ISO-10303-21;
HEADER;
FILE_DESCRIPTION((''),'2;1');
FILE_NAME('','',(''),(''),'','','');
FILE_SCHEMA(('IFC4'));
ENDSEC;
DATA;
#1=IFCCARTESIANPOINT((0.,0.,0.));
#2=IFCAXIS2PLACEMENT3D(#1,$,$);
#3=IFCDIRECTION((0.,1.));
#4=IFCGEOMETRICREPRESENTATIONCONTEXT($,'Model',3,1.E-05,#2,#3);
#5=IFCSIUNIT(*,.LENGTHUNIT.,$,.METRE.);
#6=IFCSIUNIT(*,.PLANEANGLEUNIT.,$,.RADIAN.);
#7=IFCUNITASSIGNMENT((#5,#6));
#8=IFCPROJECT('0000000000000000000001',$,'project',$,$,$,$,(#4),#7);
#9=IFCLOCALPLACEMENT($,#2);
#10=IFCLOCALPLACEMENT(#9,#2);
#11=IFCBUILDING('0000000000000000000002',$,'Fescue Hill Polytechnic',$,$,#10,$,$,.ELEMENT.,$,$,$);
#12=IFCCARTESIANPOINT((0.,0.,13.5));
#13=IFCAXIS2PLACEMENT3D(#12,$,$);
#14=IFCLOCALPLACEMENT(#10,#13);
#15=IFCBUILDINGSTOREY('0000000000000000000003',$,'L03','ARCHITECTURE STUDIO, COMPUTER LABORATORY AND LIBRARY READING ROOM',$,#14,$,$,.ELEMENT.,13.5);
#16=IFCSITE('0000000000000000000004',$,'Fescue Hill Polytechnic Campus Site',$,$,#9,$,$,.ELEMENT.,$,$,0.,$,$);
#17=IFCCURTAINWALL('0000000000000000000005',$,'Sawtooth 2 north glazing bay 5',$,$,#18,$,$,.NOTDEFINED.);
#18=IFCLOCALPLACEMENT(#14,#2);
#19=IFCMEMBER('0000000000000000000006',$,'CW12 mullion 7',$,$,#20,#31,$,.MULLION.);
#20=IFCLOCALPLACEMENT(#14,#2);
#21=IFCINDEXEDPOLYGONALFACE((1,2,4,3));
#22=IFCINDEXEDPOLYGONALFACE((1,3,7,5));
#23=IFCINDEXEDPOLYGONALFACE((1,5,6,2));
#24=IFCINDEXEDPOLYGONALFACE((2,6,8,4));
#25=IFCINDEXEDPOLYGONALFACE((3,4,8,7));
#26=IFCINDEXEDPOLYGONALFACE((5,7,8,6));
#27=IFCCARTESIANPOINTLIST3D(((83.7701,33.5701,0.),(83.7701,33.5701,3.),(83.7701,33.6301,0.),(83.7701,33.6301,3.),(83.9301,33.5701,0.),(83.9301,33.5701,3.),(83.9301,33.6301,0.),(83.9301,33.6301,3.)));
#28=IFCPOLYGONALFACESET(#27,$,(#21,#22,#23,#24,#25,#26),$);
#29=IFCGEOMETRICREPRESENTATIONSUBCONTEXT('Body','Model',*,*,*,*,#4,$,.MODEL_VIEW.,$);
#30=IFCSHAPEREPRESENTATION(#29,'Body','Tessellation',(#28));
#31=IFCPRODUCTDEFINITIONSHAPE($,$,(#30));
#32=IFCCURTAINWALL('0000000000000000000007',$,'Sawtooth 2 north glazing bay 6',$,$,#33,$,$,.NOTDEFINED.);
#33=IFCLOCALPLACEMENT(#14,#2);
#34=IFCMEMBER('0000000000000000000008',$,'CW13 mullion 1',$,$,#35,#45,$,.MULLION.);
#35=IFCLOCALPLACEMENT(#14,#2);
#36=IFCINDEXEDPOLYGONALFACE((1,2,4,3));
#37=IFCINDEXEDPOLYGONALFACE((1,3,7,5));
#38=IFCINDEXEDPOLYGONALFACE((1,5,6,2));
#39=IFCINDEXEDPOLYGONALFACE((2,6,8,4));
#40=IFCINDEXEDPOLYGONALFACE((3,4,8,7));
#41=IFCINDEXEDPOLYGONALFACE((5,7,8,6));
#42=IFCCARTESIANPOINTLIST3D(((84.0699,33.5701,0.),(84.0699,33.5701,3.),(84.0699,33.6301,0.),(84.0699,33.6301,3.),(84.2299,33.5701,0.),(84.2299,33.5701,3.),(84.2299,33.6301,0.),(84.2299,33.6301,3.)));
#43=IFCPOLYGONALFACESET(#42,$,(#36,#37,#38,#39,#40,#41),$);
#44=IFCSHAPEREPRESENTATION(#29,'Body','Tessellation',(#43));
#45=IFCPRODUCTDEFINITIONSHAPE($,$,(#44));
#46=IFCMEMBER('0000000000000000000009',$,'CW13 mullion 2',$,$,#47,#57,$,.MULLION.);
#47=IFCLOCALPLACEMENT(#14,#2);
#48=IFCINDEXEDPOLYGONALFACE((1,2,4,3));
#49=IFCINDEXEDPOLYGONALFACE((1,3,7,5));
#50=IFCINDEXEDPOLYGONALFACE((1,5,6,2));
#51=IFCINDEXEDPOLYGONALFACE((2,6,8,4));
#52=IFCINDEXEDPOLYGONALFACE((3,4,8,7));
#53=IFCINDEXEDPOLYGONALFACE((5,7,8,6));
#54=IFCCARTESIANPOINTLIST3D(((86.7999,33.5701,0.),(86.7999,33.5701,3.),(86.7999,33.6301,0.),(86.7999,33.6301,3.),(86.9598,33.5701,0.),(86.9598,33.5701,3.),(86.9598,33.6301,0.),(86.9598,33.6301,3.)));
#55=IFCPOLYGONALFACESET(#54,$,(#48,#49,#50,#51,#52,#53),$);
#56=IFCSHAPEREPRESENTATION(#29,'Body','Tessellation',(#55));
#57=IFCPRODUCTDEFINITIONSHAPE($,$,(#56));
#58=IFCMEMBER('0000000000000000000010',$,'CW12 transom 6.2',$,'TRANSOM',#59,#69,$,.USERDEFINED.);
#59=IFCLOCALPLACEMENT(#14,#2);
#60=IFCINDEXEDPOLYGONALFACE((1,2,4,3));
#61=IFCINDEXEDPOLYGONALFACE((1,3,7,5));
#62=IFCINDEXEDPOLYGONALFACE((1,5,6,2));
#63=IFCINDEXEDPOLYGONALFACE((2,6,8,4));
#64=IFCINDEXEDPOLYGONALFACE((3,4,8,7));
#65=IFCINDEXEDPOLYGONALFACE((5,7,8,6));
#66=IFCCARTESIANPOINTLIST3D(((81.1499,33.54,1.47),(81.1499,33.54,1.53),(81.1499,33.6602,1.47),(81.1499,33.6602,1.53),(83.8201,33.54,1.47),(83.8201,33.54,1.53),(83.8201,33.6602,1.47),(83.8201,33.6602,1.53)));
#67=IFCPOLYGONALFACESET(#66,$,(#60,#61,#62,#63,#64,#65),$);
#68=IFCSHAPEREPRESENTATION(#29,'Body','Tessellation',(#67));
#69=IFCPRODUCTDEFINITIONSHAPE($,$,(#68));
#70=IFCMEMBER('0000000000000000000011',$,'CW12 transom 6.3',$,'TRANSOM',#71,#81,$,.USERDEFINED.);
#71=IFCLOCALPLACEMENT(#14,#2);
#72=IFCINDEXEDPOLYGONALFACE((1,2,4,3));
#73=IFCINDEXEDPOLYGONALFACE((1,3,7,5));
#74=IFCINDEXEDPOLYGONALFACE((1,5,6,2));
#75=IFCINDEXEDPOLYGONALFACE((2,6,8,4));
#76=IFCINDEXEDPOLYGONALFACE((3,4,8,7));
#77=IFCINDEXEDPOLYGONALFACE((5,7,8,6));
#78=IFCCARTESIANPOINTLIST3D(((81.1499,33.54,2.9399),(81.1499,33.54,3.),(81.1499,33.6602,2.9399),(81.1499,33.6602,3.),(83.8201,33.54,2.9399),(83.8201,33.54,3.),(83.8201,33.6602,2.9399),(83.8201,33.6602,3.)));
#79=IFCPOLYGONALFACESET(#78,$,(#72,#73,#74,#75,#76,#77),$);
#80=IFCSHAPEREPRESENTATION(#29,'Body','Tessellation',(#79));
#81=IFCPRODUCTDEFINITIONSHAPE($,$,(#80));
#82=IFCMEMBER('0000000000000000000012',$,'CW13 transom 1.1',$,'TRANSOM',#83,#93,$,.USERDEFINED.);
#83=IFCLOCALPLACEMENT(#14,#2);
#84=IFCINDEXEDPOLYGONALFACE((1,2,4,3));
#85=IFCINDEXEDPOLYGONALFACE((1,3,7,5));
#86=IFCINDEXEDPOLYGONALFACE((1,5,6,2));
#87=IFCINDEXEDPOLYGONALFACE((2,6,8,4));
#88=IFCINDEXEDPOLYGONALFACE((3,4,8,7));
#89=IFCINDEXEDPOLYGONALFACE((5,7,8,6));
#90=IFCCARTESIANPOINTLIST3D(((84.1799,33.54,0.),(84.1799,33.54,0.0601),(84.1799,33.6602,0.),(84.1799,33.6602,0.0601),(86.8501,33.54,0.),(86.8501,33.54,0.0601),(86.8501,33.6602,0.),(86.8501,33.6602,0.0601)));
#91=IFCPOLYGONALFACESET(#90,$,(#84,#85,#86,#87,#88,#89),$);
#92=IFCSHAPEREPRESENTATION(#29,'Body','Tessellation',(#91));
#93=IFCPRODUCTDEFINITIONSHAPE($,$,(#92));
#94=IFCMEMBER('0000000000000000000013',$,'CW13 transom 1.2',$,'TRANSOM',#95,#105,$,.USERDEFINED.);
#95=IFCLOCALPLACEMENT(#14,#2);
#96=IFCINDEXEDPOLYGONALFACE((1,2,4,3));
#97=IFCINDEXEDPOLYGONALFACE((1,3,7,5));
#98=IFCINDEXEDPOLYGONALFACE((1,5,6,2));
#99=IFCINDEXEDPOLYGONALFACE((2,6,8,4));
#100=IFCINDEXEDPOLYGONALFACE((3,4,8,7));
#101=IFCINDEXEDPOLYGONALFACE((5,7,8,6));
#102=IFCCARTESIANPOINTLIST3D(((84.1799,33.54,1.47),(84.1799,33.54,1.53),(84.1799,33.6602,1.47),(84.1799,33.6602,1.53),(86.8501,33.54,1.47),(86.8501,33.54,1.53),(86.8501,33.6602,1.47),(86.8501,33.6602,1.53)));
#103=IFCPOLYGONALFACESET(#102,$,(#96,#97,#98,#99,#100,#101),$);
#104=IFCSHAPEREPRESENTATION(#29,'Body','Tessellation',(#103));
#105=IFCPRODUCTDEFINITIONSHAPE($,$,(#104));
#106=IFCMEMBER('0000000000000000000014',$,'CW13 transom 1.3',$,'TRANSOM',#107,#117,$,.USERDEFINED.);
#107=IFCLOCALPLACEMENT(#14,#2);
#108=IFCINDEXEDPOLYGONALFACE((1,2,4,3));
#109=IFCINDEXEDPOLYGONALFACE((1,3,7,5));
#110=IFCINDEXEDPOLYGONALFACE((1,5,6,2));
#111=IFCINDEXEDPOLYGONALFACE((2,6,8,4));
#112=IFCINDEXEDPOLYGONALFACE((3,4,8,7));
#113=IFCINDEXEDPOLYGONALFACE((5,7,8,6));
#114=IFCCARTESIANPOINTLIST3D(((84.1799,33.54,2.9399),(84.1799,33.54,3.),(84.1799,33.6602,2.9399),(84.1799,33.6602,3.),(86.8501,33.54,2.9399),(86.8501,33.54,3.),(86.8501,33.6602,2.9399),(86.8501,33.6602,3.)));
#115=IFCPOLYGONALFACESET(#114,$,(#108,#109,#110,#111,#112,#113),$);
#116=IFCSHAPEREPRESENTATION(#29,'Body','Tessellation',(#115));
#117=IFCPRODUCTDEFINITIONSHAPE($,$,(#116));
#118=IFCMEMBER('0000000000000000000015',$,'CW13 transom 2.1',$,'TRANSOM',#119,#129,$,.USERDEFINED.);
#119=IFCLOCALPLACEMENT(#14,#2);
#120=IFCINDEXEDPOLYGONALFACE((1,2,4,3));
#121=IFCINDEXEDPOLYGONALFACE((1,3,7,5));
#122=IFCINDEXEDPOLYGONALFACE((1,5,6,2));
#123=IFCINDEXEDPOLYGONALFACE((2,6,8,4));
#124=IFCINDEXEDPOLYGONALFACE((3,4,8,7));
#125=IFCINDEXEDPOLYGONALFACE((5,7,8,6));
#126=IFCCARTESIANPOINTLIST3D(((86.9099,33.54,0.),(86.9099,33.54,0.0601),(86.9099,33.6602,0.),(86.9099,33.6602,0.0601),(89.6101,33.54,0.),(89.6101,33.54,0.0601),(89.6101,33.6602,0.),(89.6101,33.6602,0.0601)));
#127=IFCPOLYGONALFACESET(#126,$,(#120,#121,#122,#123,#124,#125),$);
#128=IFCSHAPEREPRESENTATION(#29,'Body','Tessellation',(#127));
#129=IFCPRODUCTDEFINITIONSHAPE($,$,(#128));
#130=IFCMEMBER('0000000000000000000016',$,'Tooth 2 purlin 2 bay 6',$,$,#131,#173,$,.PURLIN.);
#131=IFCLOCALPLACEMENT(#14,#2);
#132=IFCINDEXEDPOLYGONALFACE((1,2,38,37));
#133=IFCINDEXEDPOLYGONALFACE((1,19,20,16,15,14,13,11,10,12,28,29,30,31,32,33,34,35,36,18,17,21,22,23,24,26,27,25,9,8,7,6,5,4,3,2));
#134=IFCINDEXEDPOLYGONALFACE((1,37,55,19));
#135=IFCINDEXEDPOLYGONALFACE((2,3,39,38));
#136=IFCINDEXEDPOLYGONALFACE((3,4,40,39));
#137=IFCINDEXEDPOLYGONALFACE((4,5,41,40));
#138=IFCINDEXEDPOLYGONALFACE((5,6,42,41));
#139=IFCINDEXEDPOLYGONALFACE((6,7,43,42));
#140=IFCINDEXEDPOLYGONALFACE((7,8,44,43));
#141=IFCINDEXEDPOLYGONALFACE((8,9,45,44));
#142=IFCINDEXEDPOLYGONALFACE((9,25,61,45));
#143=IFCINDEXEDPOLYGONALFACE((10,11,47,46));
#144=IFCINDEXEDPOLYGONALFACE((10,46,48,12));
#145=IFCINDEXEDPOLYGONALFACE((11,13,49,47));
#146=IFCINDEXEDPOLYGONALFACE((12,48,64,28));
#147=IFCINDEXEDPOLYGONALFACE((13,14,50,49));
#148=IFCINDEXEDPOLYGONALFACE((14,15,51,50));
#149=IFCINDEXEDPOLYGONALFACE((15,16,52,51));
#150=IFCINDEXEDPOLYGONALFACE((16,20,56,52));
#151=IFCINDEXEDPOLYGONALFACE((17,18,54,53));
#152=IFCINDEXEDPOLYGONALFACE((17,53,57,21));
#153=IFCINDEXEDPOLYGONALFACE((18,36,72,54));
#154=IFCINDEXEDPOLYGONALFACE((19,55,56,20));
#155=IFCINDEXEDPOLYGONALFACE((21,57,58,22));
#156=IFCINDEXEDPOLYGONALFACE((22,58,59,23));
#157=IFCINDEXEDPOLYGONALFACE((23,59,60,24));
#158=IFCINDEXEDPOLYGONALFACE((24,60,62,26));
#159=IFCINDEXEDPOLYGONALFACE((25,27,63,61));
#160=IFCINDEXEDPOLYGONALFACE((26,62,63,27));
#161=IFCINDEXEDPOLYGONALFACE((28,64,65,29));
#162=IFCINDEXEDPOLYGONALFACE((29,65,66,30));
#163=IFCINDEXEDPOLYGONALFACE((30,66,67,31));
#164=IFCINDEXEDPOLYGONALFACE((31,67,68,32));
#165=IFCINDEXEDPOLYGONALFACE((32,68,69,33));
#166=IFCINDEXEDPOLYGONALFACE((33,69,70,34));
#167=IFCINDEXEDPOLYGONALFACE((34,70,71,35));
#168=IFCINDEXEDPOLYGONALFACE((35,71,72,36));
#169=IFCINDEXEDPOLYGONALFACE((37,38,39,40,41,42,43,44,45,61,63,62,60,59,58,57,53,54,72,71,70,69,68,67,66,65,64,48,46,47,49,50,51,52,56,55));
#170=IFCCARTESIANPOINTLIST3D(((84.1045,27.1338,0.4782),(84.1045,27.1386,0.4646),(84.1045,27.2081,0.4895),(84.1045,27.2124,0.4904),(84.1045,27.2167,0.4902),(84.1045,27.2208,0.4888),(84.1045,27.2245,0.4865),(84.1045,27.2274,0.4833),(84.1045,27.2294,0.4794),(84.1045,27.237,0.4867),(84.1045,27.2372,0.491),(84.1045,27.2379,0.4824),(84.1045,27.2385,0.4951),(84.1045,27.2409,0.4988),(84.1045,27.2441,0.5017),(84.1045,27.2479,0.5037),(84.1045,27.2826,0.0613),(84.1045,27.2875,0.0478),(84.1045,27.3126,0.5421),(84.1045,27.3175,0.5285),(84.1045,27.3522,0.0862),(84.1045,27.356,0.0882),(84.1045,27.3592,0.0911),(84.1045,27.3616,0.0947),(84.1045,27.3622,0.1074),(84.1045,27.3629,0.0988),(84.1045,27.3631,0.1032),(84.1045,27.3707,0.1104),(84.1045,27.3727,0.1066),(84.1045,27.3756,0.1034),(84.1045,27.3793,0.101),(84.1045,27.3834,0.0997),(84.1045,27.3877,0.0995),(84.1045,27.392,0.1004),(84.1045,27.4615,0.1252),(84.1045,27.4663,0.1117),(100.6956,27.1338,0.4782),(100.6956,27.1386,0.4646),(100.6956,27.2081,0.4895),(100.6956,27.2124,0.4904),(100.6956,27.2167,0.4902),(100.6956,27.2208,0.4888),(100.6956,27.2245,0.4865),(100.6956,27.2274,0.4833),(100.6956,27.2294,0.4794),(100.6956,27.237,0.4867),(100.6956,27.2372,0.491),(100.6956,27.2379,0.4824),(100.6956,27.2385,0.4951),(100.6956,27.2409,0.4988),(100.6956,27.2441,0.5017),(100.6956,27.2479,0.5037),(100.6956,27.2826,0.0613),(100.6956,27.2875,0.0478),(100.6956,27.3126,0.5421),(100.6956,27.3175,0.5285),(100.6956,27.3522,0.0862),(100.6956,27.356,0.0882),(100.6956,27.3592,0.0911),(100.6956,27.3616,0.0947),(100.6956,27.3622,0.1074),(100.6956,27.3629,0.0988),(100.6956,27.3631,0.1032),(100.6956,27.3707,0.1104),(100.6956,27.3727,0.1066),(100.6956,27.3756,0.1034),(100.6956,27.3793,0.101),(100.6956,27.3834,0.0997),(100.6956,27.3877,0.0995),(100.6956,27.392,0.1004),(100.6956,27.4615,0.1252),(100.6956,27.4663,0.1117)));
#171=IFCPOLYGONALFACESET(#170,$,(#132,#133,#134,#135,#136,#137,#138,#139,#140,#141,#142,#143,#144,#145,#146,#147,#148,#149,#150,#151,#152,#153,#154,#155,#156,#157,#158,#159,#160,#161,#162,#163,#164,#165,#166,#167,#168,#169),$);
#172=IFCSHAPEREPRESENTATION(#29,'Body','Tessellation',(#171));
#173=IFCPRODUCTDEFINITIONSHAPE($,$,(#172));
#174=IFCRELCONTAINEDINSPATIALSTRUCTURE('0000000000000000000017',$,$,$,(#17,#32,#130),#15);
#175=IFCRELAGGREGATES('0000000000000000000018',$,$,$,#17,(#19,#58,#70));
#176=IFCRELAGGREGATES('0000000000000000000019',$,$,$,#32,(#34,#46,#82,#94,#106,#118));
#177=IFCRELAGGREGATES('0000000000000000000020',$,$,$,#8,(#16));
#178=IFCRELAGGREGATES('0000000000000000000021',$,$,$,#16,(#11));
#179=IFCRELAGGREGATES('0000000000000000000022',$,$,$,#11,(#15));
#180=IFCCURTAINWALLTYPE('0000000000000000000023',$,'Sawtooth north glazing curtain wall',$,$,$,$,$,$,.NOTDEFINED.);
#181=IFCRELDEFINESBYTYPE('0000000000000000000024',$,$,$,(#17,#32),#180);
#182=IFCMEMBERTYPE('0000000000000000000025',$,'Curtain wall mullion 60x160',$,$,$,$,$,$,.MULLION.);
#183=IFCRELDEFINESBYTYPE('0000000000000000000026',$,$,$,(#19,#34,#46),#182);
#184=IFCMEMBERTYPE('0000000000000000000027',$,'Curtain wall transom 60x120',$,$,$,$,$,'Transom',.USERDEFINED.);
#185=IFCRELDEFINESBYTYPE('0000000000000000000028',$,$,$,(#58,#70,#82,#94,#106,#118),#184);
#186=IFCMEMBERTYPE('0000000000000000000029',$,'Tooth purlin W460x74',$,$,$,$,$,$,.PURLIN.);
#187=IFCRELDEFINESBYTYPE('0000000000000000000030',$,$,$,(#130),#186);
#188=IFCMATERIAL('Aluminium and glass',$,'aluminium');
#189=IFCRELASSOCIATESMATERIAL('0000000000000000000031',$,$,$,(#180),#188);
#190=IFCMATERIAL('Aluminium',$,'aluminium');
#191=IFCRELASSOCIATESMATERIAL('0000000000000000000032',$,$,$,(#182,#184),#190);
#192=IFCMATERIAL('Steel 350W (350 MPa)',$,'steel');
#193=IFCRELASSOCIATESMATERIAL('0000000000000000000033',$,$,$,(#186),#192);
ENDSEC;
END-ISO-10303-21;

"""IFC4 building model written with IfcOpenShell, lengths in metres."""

from ifc_helpers import new_model, si_unit, direction, frame, origin, origin_2d, place, context, subcontext, project, spatial, rectangle, i_section, extrude, material, material_profile, profile_set, type_object, element, aggregate, save


model = new_model("IFC4")

# Units and contexts
model_context = context("Model", 3, precision=1e-05, world=origin(), true_north=direction((0.0, 1.0)))
body_context = subcontext(model_context, "Body", "Model", "MODEL_VIEW")
ifc_project = project(units=[si_unit("LENGTHUNIT", "METRE"), si_unit("PLANEANGLEUNIT", "RADIAN")], contexts=[model_context])

# Site, building, storey
site_placement = place(None, origin())
site = spatial("IfcSite", under=ifc_project, at=site_placement, Name="Fescue Hill Polytechnic Campus Site", CompositionType="ELEMENT", RefElevation=0.0)
building_placement = place(site_placement, origin())
building = spatial("IfcBuilding", under=site, at=building_placement, Name="Fescue Hill Polytechnic", CompositionType="ELEMENT")
storey_placement = place(building_placement, frame((0.0, 0.0, 13.5)))
storey = spatial("IfcBuildingStorey", under=building, at=storey_placement, Name="L03", Description="ARCHITECTURE STUDIO, COMPUTER LABORATORY AND LIBRARY READING ROOM", CompositionType="ELEMENT", Elevation=13.5)

# Curtain wall, member
ifc_material_1 = material(Name="Aluminium and glass", Category="aluminium")
curtain_wall_type = type_object("IfcCurtainWallType", Name="Sawtooth north glazing curtain wall", PredefinedType="NOTDEFINED", material=ifc_material_1)
curtain_wall_1_placement = place(storey_placement, origin())
curtain_wall_1 = element("IfcCurtainWall", 1, at=curtain_wall_1_placement, inside=storey, type_object=curtain_wall_type, Name="Sawtooth 2 north glazing bay 5", PredefinedType="NOTDEFINED")
ifc_material_2 = material(Name="Aluminium", Category="aluminium")
ifc_material_profile_1 = material_profile(ifc_material_2, rectangle(XDim=0.0601, YDim=0.1599, at=origin_2d()), Name="Curtain wall mullion 60x160")
ifc_profile_set_1 = profile_set([ifc_material_profile_1], Name="Aluminium")
member_type_1 = type_object("IfcMemberType", Name="Curtain wall mullion 60x160", PredefinedType="MULLION", material=ifc_profile_set_1)
member_1_placement = place(storey_placement, frame((83.8501, 33.6001, 0.0), z_axis=(0.0, 0.0, 1.0), x_axis=(0.0, 1.0, 0.0)))
member_1 = element("IfcMember", 2, at=member_1_placement, type_object=member_type_1, Name="CW12 mullion 7", PredefinedType="MULLION", context=body_context, shape_type="SweptSolid", body=[
    extrude(rectangle(XDim=0.0601, YDim=0.1599, at=origin_2d()), origin(), (0.0, 0.0, 1.0), 3.0),
])

# Curtain wall, members
curtain_wall_2_placement = place(storey_placement, origin())
curtain_wall_2 = element("IfcCurtainWall", 3, at=curtain_wall_2_placement, inside=storey, type_object=curtain_wall_type, Name="Sawtooth 2 north glazing bay 6", PredefinedType="NOTDEFINED")
member_2_placement = place(storey_placement, frame((84.1499, 33.6001, 0.0), z_axis=(0.0, 0.0, 1.0), x_axis=(0.0, 1.0, 0.0)))
member_2 = element("IfcMember", 4, at=member_2_placement, type_object=member_type_1, Name="CW13 mullion 1", PredefinedType="MULLION", context=body_context, shape_type="SweptSolid", body=[
    extrude(rectangle(XDim=0.0601, YDim=0.1599, at=origin_2d()), origin(), (0.0, 0.0, 1.0), 3.0),
])
member_3_placement = place(storey_placement, frame((86.8799, 33.6001, 0.0), z_axis=(0.0, 0.0, 1.0), x_axis=(0.0, 1.0, 0.0)))
member_3 = element("IfcMember", 5, at=member_3_placement, type_object=member_type_1, Name="CW13 mullion 2", PredefinedType="MULLION", context=body_context, shape_type="SweptSolid", body=[
    extrude(rectangle(XDim=0.0601, YDim=0.1599, at=origin_2d()), origin(), (0.0, 0.0, 1.0), 3.0),
])

# Members
ifc_material_profile_2 = material_profile(ifc_material_2, rectangle(XDim=0.1201, YDim=0.0601, at=origin_2d()), Name="Curtain wall transom 60x120")
ifc_profile_set_2 = profile_set([ifc_material_profile_2], Name="Aluminium")
member_type_2 = type_object("IfcMemberType", Name="Curtain wall transom 60x120", ElementType="Transom", PredefinedType="USERDEFINED", material=ifc_profile_set_2)
member_4_placement = place(storey_placement, frame((81.1499, 33.6001, 1.5), z_axis=(1.0, 0.0, 0.0), x_axis=(0.0, 1.0, 0.0)))
member_4 = element("IfcMember", 6, at=member_4_placement, type_object=member_type_2, Name="CW12 transom 6.2", ObjectType="TRANSOM", PredefinedType="USERDEFINED", context=body_context, shape_type="SweptSolid", body=[
    extrude(rectangle(XDim=0.1201, YDim=0.0601, at=origin_2d()), origin(), (0.0, 0.0, 1.0), 2.6702),
])
member_5_placement = place(storey_placement, frame((81.1499, 33.6001, 2.97), z_axis=(1.0, 0.0, 0.0), x_axis=(0.0, 1.0, 0.0)))
member_5 = element("IfcMember", 7, at=member_5_placement, type_object=member_type_2, Name="CW12 transom 6.3", ObjectType="TRANSOM", PredefinedType="USERDEFINED", context=body_context, shape_type="SweptSolid", body=[
    extrude(rectangle(XDim=0.1201, YDim=0.0601, at=origin_2d()), origin(), (0.0, 0.0, 1.0), 2.6702),
])
member_6_placement = place(storey_placement, frame((84.1799, 33.6001, 0.03), z_axis=(1.0, 0.0, 0.0), x_axis=(0.0, 1.0, 0.0)))
member_6 = element("IfcMember", 8, at=member_6_placement, type_object=member_type_2, Name="CW13 transom 1.1", ObjectType="TRANSOM", PredefinedType="USERDEFINED", context=body_context, shape_type="SweptSolid", body=[
    extrude(rectangle(XDim=0.1201, YDim=0.0601, at=origin_2d()), origin(), (0.0, 0.0, 1.0), 2.6702),
])
member_7_placement = place(storey_placement, frame((84.1799, 33.6001, 1.5), z_axis=(1.0, 0.0, 0.0), x_axis=(0.0, 1.0, 0.0)))
member_7 = element("IfcMember", 9, at=member_7_placement, type_object=member_type_2, Name="CW13 transom 1.2", ObjectType="TRANSOM", PredefinedType="USERDEFINED", context=body_context, shape_type="SweptSolid", body=[
    extrude(rectangle(XDim=0.1201, YDim=0.0601, at=origin_2d()), origin(), (0.0, 0.0, 1.0), 2.6702),
])
member_8_placement = place(storey_placement, frame((84.1799, 33.6001, 2.97), z_axis=(1.0, 0.0, 0.0), x_axis=(0.0, 1.0, 0.0)))
member_8 = element("IfcMember", 10, at=member_8_placement, type_object=member_type_2, Name="CW13 transom 1.3", ObjectType="TRANSOM", PredefinedType="USERDEFINED", context=body_context, shape_type="SweptSolid", body=[
    extrude(rectangle(XDim=0.1201, YDim=0.0601, at=origin_2d()), origin(), (0.0, 0.0, 1.0), 2.6702),
])
member_9_placement = place(storey_placement, frame((86.9099, 33.6001, 0.03), z_axis=(1.0, 0.0, 0.0), x_axis=(0.0, 1.0, 0.0)))
member_9 = element("IfcMember", 11, at=member_9_placement, type_object=member_type_2, Name="CW13 transom 2.1", ObjectType="TRANSOM", PredefinedType="USERDEFINED", context=body_context, shape_type="SweptSolid", body=[
    extrude(rectangle(XDim=0.1201, YDim=0.0601, at=origin_2d()), origin(), (0.0, 0.0, 1.0), 2.7002),
])

# Member
ifc_material_3 = material(Name="Steel 350W (350 MPa)", Category="steel")
ifc_material_profile_3 = material_profile(ifc_material_3, i_section(OverallWidth=0.1899, OverallDepth=0.457, WebThickness=0.009, FlangeThickness=0.0144, FilletRadius=0.0166, at=origin_2d()), Name="W460x74")
ifc_profile_set_3 = profile_set([ifc_material_profile_3], Name="Steel 350W (350 MPa)")
member_type_3 = type_object("IfcMemberType", Name="Tooth purlin W460x74", PredefinedType="PURLIN", material=ifc_profile_set_3)
for number, where, z_axis, x_axis, name in (
    (12, (84.1045, 27.3, 0.2949), (1.0, 0.0, 0.0), (0.0, 0.941742, 0.336336), "Tooth 2 purlin 2 bay 6"),
):
    element("IfcMember", number, at=place(storey_placement, frame(where, z_axis=z_axis, x_axis=x_axis)), inside=storey, type_object=member_type_3, Name=name, PredefinedType="PURLIN", context=body_context, shape_type="SweptSolid", body=[
        extrude(i_section(OverallWidth=0.1899, OverallDepth=0.457, WebThickness=0.009, FlangeThickness=0.0144, FilletRadius=0.0166, at=origin_2d()), origin(), (0.0, 0.0, 1.0), 16.5911),
    ])

aggregate(curtain_wall_1, [member_1, member_4, member_5])
aggregate(curtain_wall_2, [member_2, member_3, member_6, member_7, member_8, member_9])

save(model, "model.ifc")
